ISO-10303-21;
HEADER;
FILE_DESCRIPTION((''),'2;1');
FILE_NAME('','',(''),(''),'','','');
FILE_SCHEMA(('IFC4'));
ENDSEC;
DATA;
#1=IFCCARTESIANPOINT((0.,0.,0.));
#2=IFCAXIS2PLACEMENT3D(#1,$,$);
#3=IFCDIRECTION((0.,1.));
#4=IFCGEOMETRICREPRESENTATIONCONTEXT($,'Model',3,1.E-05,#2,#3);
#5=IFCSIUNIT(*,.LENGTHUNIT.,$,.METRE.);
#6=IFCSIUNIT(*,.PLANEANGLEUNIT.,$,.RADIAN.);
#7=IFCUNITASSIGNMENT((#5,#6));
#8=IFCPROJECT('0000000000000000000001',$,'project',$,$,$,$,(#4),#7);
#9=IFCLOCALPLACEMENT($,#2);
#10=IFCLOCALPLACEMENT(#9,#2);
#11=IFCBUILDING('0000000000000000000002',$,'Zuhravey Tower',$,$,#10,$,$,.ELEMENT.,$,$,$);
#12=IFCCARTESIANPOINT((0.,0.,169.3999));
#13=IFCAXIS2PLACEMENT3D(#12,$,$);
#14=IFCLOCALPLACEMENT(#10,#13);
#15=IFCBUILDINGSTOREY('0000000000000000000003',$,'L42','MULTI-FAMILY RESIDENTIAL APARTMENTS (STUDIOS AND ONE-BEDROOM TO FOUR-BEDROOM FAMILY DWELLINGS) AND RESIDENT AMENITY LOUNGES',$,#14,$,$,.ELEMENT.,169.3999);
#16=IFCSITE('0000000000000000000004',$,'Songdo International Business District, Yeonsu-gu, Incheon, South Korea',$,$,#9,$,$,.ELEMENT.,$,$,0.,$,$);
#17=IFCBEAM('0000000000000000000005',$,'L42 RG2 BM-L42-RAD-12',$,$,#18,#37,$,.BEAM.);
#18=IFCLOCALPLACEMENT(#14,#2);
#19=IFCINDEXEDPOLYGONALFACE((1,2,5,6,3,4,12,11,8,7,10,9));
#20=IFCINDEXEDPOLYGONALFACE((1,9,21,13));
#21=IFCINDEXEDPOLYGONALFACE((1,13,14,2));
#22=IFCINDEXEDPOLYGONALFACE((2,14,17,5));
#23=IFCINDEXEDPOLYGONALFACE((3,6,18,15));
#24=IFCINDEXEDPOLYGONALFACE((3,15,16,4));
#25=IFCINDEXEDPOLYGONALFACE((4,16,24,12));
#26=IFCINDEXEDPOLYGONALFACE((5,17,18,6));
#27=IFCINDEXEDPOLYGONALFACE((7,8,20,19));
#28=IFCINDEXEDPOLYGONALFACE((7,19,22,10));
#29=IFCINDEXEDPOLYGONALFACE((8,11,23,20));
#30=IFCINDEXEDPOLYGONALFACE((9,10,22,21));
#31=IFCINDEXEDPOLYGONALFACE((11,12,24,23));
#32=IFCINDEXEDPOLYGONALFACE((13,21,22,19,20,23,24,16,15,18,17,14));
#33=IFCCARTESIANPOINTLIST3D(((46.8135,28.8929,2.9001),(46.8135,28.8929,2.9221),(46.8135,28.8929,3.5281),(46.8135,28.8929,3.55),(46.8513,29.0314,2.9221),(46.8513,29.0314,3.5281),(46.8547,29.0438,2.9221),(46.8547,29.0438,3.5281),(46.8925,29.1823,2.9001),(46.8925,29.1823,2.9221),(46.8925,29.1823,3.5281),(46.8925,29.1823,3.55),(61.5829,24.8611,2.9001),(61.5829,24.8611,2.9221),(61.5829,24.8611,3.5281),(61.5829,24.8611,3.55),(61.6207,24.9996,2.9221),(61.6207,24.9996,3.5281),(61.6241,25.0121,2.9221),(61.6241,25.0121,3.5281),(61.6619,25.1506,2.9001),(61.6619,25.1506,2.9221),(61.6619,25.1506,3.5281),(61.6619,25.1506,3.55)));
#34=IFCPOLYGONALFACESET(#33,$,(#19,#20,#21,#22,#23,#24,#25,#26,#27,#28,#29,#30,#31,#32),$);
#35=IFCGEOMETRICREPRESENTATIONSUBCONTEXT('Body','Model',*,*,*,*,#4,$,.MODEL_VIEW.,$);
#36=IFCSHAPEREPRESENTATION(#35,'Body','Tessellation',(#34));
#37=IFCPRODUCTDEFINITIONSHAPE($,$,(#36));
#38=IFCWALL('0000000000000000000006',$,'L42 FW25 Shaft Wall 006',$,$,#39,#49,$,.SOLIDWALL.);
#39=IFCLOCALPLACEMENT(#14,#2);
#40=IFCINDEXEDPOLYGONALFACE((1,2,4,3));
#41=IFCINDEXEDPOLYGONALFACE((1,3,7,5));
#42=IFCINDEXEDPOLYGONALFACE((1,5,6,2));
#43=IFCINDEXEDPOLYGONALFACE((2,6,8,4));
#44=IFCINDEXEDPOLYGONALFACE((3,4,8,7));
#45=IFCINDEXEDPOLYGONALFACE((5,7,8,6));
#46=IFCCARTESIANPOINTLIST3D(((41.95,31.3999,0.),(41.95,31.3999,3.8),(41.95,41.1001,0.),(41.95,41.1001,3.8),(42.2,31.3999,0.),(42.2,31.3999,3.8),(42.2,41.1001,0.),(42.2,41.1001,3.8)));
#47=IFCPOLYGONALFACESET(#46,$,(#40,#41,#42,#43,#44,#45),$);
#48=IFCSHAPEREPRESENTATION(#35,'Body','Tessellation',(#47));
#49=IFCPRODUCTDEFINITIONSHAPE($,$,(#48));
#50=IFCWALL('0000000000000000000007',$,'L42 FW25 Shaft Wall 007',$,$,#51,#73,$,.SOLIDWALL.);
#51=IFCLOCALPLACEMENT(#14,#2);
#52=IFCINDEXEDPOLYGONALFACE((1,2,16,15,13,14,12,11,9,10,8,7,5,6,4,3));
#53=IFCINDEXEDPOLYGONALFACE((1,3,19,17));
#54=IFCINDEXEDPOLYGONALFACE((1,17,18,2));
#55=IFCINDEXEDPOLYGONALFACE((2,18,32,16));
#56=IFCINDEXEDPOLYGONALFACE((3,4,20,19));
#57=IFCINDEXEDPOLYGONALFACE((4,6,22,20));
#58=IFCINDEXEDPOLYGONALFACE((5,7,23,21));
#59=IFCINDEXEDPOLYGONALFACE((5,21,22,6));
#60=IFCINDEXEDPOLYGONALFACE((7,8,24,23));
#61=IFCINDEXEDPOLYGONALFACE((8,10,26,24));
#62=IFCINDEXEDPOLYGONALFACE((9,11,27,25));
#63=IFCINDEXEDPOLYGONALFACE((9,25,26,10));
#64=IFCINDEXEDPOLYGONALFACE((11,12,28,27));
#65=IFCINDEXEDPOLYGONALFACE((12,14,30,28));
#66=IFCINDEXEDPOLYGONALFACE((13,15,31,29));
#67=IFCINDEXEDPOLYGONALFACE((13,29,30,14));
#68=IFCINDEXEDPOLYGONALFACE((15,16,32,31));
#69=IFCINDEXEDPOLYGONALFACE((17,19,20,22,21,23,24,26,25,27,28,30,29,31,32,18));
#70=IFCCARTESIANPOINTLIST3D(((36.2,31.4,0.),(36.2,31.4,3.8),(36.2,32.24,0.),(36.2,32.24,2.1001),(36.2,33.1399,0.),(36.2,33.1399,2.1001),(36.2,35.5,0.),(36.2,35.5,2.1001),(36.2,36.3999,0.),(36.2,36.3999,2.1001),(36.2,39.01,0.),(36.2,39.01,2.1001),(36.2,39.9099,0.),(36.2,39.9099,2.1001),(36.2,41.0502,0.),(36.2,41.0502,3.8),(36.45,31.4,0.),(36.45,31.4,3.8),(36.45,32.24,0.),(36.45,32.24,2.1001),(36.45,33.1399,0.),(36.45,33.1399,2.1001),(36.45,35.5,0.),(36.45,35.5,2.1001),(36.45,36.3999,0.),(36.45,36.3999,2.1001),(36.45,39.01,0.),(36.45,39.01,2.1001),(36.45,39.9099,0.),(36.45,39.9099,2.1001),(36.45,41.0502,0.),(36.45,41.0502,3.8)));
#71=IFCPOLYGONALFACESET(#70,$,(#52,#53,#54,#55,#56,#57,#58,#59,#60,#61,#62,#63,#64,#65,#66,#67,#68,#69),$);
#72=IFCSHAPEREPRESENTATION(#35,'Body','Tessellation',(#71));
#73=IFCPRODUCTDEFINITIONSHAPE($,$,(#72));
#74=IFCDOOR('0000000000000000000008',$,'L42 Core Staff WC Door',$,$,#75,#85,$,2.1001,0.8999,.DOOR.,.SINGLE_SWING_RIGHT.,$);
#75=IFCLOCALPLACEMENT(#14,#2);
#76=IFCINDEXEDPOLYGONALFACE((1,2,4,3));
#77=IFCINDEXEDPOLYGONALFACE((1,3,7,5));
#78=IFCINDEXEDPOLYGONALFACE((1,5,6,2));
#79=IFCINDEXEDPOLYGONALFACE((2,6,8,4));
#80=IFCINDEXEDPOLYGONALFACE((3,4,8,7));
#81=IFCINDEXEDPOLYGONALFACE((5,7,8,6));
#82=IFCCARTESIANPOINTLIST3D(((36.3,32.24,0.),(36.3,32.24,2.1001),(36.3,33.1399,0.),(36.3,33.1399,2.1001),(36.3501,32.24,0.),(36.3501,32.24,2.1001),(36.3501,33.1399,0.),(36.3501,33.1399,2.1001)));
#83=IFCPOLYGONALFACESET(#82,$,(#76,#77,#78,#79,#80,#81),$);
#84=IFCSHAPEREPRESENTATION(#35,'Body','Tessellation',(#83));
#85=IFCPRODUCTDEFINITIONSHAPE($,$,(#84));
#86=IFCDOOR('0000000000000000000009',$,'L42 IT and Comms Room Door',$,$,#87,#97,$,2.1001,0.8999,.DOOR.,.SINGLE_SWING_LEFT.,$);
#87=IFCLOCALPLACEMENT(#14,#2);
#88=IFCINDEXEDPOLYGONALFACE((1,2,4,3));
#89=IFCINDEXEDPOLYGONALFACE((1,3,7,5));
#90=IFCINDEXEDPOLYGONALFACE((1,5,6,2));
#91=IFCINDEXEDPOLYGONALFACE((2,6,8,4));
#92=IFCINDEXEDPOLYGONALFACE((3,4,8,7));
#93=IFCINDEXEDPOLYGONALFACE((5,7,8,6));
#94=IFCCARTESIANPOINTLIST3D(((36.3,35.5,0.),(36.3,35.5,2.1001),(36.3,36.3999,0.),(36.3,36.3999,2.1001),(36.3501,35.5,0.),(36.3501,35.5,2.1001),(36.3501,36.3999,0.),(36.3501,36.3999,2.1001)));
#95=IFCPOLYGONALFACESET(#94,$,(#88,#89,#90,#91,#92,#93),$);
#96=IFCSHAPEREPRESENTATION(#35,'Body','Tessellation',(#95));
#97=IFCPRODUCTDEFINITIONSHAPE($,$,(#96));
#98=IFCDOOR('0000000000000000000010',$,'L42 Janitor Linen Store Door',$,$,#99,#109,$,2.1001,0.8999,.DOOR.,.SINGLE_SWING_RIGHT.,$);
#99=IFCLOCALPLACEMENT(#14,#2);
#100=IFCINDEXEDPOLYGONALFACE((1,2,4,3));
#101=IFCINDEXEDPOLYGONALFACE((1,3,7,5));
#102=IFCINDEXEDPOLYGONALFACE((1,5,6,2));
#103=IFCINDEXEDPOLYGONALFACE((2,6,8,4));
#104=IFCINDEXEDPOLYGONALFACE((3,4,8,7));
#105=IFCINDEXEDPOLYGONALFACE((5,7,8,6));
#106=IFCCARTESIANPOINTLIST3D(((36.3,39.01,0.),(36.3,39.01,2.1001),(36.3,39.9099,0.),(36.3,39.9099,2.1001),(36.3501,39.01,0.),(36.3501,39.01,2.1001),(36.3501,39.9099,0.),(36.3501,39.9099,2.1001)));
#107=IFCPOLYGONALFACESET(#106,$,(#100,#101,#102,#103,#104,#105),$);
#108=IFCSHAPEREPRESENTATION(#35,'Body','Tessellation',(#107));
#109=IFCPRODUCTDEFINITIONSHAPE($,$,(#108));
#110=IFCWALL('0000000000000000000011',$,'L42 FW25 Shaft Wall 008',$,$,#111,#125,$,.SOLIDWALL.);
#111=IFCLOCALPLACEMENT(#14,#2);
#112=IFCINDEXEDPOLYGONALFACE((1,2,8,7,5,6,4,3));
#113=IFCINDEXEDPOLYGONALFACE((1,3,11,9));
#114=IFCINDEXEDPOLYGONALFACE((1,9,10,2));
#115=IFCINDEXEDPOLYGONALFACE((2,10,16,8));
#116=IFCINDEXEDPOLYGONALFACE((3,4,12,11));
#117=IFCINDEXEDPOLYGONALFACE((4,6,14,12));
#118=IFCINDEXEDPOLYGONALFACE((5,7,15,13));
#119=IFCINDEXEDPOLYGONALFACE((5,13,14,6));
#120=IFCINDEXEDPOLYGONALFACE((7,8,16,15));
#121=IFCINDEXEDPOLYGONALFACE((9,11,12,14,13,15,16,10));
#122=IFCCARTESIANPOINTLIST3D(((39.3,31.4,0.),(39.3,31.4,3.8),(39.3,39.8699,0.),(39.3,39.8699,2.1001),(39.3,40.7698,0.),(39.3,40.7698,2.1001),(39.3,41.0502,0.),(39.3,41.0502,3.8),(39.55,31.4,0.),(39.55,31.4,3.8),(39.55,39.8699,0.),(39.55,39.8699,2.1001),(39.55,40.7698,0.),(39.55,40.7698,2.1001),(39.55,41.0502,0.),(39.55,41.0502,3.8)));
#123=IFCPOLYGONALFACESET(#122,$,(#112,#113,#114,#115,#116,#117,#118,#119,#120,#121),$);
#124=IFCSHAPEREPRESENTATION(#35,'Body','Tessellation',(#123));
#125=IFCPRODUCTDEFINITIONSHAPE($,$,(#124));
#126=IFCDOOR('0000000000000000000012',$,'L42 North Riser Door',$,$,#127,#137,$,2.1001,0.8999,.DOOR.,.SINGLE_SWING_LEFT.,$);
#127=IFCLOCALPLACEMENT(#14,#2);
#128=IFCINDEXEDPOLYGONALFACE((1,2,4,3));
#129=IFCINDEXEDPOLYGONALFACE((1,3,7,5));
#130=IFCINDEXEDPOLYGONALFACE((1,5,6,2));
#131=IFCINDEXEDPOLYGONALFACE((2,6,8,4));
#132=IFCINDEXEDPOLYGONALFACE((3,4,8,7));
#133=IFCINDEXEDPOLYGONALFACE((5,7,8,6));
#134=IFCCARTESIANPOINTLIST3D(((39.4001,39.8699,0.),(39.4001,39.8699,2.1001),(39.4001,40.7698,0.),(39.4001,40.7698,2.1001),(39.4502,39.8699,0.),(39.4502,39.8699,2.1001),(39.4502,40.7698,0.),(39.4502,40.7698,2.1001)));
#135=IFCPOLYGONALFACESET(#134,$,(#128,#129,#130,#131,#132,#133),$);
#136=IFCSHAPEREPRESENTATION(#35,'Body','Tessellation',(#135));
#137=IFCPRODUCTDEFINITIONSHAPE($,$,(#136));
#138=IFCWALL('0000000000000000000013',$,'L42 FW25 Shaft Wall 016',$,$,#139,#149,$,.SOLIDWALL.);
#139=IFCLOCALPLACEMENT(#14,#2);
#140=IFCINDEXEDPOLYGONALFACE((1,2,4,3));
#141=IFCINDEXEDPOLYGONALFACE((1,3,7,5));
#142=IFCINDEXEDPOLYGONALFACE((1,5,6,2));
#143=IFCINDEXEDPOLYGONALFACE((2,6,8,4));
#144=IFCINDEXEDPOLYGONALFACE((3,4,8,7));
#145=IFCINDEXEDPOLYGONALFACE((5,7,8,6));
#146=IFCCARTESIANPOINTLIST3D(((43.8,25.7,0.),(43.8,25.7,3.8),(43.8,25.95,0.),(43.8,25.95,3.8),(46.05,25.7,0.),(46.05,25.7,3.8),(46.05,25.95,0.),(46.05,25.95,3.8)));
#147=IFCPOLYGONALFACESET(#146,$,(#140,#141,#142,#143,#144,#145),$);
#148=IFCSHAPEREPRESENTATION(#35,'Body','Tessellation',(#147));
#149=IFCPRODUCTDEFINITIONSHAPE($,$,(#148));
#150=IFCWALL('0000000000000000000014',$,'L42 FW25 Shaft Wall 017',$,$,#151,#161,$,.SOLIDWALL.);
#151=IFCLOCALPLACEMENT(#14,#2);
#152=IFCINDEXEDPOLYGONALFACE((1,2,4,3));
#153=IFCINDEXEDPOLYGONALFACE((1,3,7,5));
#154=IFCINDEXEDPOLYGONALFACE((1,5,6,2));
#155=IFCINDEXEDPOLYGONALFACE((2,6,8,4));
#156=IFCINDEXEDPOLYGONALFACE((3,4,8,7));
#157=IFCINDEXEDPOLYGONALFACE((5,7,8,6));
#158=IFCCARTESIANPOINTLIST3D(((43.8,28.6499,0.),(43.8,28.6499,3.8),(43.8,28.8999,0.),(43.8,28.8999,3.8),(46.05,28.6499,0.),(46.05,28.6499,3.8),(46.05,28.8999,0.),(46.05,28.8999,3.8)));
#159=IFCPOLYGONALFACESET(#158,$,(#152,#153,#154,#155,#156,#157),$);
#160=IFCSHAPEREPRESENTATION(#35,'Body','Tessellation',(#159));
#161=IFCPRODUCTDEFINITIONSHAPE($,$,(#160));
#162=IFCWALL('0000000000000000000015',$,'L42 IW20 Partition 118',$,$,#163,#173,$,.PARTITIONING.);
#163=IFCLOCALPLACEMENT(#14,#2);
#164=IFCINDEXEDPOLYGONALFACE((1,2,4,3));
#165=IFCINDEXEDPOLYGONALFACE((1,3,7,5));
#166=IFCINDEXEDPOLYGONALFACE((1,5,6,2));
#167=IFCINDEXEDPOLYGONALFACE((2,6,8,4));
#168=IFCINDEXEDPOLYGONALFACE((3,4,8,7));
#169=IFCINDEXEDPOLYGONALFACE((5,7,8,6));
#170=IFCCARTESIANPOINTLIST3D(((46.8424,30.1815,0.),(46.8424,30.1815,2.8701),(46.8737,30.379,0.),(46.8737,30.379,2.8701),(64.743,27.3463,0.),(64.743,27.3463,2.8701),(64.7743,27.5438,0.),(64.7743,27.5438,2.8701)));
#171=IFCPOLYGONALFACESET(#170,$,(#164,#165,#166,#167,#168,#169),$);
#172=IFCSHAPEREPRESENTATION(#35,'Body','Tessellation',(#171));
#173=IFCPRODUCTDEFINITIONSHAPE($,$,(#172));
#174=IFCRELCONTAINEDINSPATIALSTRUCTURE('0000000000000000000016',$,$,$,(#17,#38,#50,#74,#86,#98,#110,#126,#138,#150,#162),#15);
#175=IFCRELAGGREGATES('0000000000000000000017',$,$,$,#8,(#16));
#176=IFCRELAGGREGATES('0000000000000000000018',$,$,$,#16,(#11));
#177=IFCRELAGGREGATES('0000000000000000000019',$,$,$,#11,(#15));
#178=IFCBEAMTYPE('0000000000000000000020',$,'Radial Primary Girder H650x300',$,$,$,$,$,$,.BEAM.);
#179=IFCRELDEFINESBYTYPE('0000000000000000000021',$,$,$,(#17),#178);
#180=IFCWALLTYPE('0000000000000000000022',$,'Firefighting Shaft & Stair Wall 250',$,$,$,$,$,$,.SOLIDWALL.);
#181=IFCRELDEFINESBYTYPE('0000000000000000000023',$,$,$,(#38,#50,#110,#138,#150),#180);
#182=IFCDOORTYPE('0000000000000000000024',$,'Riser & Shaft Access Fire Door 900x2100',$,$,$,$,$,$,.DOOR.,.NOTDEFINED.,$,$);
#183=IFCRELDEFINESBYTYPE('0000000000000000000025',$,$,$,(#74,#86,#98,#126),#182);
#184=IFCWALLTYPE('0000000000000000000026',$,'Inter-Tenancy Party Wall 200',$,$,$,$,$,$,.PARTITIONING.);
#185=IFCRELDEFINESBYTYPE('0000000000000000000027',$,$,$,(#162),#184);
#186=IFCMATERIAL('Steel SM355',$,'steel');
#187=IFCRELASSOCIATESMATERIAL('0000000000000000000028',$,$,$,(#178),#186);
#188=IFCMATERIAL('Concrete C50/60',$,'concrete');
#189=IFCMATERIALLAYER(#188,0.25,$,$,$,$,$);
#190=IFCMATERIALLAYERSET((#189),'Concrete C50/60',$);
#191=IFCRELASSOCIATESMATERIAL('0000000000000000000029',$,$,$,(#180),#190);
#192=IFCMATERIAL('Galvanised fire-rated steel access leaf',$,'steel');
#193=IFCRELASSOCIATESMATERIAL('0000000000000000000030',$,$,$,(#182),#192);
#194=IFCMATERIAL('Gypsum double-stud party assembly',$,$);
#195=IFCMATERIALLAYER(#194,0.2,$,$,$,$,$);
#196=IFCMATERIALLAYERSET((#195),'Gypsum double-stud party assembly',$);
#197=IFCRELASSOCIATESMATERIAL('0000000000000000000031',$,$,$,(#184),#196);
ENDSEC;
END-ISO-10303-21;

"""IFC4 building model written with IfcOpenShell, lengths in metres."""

from ifc_helpers import new_model, si_unit, direction, frame, frame_2d, origin, origin_2d, place, context, subcontext, project, spatial, rectangle, i_section, extrude, material, layer, layer_set, material_profile, profile_set, type_object, element, fill, save


model = new_model("IFC4")

# Units and contexts
model_context = context("Model", 3, precision=1e-05, world=origin(), true_north=direction((0.0, 1.0)))
body_context = subcontext(model_context, "Body", "Model", "MODEL_VIEW")
ifc_project = project(units=[si_unit("LENGTHUNIT", "METRE"), si_unit("PLANEANGLEUNIT", "RADIAN")], contexts=[model_context])

# Site, building, storey
site_placement = place(None, origin())
site = spatial("IfcSite", under=ifc_project, at=site_placement, Name="Songdo International Business District, Yeonsu-gu, Incheon, South Korea", CompositionType="ELEMENT", RefElevation=0.0)
building_placement = place(site_placement, origin())
building = spatial("IfcBuilding", under=site, at=building_placement, Name="Zuhravey Tower", CompositionType="ELEMENT")
storey_placement = place(building_placement, frame((0.0, 0.0, 169.3999)))
storey = spatial("IfcBuildingStorey", under=building, at=storey_placement, Name="L42", Description="MULTI-FAMILY RESIDENTIAL APARTMENTS (STUDIOS AND ONE-BEDROOM TO FOUR-BEDROOM FAMILY DWELLINGS) AND RESIDENT AMENITY LOUNGES", CompositionType="ELEMENT", Elevation=169.3999)

# Beam
ifc_material_1 = material(Name="Steel SM355", Category="steel")
ifc_material_profile = material_profile(ifc_material_1, i_section(OverallWidth=0.3, OverallDepth=0.6499, WebThickness=0.0129, FlangeThickness=0.022, at=origin_2d()), Name="H-650x300x13x22")
ifc_profile_set = profile_set([ifc_material_profile], Name="Steel SM355")
beam_type = type_object("IfcBeamType", Name="Radial Primary Girder H650x300", PredefinedType="BEAM", material=ifc_profile_set)
beam_placement = place(storey_placement, frame((46.853, 29.0376, 3.2251), z_axis=(0.964702, -0.263345, 0.0), x_axis=(0.263345, 0.964702, 0.0)))
element("IfcBeam", 1, at=beam_placement, inside=storey, type_object=beam_type, Name="L42 RG2 BM-L42-RAD-12", PredefinedType="BEAM", context=body_context, shape_type="SweptSolid", body=[
    extrude(i_section(OverallWidth=0.3, OverallDepth=0.6499, WebThickness=0.0129, FlangeThickness=0.022, at=origin_2d()), origin(), (0.0, 0.0, 1.0), 15.3098),
])

# Wall
ifc_material_2 = material(Name="Concrete C50/60", Category="concrete")
ifc_layer_1 = layer(ifc_material_2, 0.25)
ifc_layer_set_1 = layer_set([ifc_layer_1], Name="Concrete C50/60")
wall_type_1 = type_object("IfcWallType", Name="Firefighting Shaft & Stair Wall 250", PredefinedType="SOLIDWALL", material=ifc_layer_set_1)
wall_1_placement = place(storey_placement, frame((42.075, 31.3999, 0.0), z_axis=(0.0, 0.0, 1.0), x_axis=(0.0, 1.0, 0.0)))
element("IfcWall", 2, at=wall_1_placement, inside=storey, type_object=wall_type_1, Name="L42 FW25 Shaft Wall 006", PredefinedType="SOLIDWALL", context=body_context, shape_type="SweptSolid", body=[
    extrude(rectangle(XDim=9.7002, YDim=0.25, at=frame_2d((4.8501, 0.0))), origin(), (0.0, 0.0, 1.0), 3.8),
])

# Wall, openings, doors
wall_2_placement = place(storey_placement, frame((36.325, 31.3999, 0.0), z_axis=(0.0, 0.0, 1.0), x_axis=(0.0, 1.0, 0.0)))
wall_2 = element("IfcWall", 3, at=wall_2_placement, inside=storey, type_object=wall_type_1, Name="L42 FW25 Shaft Wall 007", PredefinedType="SOLIDWALL", context=body_context, shape_type="SweptSolid", body=[
    extrude(rectangle(XDim=9.6501, YDim=0.25, at=frame_2d((4.8252, 0.0))), origin(), (0.0, 0.0, 1.0), 3.8),
])
opening_1_placement = place(wall_2_placement, frame((0.8401, 0.0, 0.0)))
opening_1 = element("IfcOpeningElement", 4, at=opening_1_placement, cuts=wall_2, PredefinedType="OPENING", context=body_context, shape_type="SweptSolid", body=[
    extrude(rectangle(XDim=0.8999, YDim=2.1001, at=frame_2d((0.45, 1.05))), frame((0.0, 0.137, 0.0), z_axis=(0.0, -1.0, 0.0), x_axis=(1.0, 0.0, 0.0)), (0.0, 0.0, 1.0), 0.2739),
])
opening_2_placement = place(wall_2_placement, frame((4.1001, 0.0, 0.0)))
opening_2 = element("IfcOpeningElement", 5, at=opening_2_placement, cuts=wall_2, PredefinedType="OPENING", context=body_context, shape_type="SweptSolid", body=[
    extrude(rectangle(XDim=0.8999, YDim=2.1001, at=frame_2d((0.45, 1.05))), frame((0.0, 0.137, 0.0), z_axis=(0.0, -1.0, 0.0), x_axis=(1.0, 0.0, 0.0)), (0.0, 0.0, 1.0), 0.2739),
])
opening_3_placement = place(wall_2_placement, frame((7.6101, 0.0, 0.0)))
opening_3 = element("IfcOpeningElement", 6, at=opening_3_placement, cuts=wall_2, PredefinedType="OPENING", context=body_context, shape_type="SweptSolid", body=[
    extrude(rectangle(XDim=0.8999, YDim=2.1001, at=frame_2d((0.45, 1.05))), frame((0.0, 0.137, 0.0), z_axis=(0.0, -1.0, 0.0), x_axis=(1.0, 0.0, 0.0)), (0.0, 0.0, 1.0), 0.2739),
])
ifc_material_3 = material(Name="Galvanised fire-rated steel access leaf", Category="steel")
door_type_1 = type_object("IfcDoorType", Name="Riser & Shaft Access Fire Door 900x2100", OperationType="NOTDEFINED", PredefinedType="DOOR", material=ifc_material_3)
door_1_placement = place(opening_1_placement, origin())
door_1 = element("IfcDoor", 7, at=door_1_placement, inside=storey, type_object=door_type_1, Name="L42 Core Staff WC Door", OperationType="SINGLE_SWING_RIGHT", OverallHeight=2.1001, OverallWidth=0.8999, PredefinedType="DOOR", context=body_context, shape_type="SweptSolid", body=[
    extrude(rectangle(XDim=0.8999, YDim=2.1001, at=frame_2d((0.45, 1.05))), frame((0.0, 0.0249, 0.0), z_axis=(0.0, -1.0, 0.0), x_axis=(1.0, 0.0, 0.0)), (0.0, 0.0, 1.0), 0.05),
])
fill(opening_1, door_1)
door_2_placement = place(opening_2_placement, origin())
door_2 = element("IfcDoor", 8, at=door_2_placement, inside=storey, type_object=door_type_1, Name="L42 IT and Comms Room Door", OperationType="SINGLE_SWING_LEFT", OverallHeight=2.1001, OverallWidth=0.8999, PredefinedType="DOOR", context=body_context, shape_type="SweptSolid", body=[
    extrude(rectangle(XDim=0.8999, YDim=2.1001, at=frame_2d((0.45, 1.05))), frame((0.0, 0.0249, 0.0), z_axis=(0.0, -1.0, 0.0), x_axis=(1.0, 0.0, 0.0)), (0.0, 0.0, 1.0), 0.05),
])
fill(opening_2, door_2)
door_3_placement = place(opening_3_placement, origin())
door_3 = element("IfcDoor", 9, at=door_3_placement, inside=storey, type_object=door_type_1, Name="L42 Janitor Linen Store Door", OperationType="SINGLE_SWING_RIGHT", OverallHeight=2.1001, OverallWidth=0.8999, PredefinedType="DOOR", context=body_context, shape_type="SweptSolid", body=[
    extrude(rectangle(XDim=0.8999, YDim=2.1001, at=frame_2d((0.45, 1.05))), frame((0.0, 0.0249, 0.0), z_axis=(0.0, -1.0, 0.0), x_axis=(1.0, 0.0, 0.0)), (0.0, 0.0, 1.0), 0.05),
])
fill(opening_3, door_3)

# Wall, opening, door
wall_3_placement = place(storey_placement, frame((39.425, 31.3999, 0.0), z_axis=(0.0, 0.0, 1.0), x_axis=(0.0, 1.0, 0.0)))
wall_3 = element("IfcWall", 10, at=wall_3_placement, inside=storey, type_object=wall_type_1, Name="L42 FW25 Shaft Wall 008", PredefinedType="SOLIDWALL", context=body_context, shape_type="SweptSolid", body=[
    extrude(rectangle(XDim=9.6501, YDim=0.25, at=frame_2d((4.8252, 0.0))), origin(), (0.0, 0.0, 1.0), 3.8),
])
opening_4_placement = place(wall_3_placement, frame((8.47, 0.0, 0.0)))
opening_4 = element("IfcOpeningElement", 11, at=opening_4_placement, cuts=wall_3, PredefinedType="OPENING", context=body_context, shape_type="SweptSolid", body=[
    extrude(rectangle(XDim=0.8999, YDim=2.1001, at=frame_2d((0.45, 1.05))), frame((0.0, 0.137, 0.0), z_axis=(0.0, -1.0, 0.0), x_axis=(1.0, 0.0, 0.0)), (0.0, 0.0, 1.0), 0.2739),
])
door_4_placement = place(opening_4_placement, origin())
door_4 = element("IfcDoor", 12, at=door_4_placement, inside=storey, type_object=door_type_1, Name="L42 North Riser Door", OperationType="SINGLE_SWING_LEFT", OverallHeight=2.1001, OverallWidth=0.8999, PredefinedType="DOOR", context=body_context, shape_type="SweptSolid", body=[
    extrude(rectangle(XDim=0.8999, YDim=2.1001, at=frame_2d((0.45, 1.05))), frame((0.0, 0.0249, 0.0), z_axis=(0.0, -1.0, 0.0), x_axis=(1.0, 0.0, 0.0)), (0.0, 0.0, 1.0), 0.05),
])
fill(opening_4, door_4)

# Walls
for number, where, z_axis, x_axis, name in (
    (13, (43.8, 25.825, 0.0), (0.0, 0.0, 1.0), (1.0, 0.0, 0.0), "L42 FW25 Shaft Wall 016"),
    (14, (43.8, 28.7749, 0.0), (0.0, 0.0, 1.0), (1.0, 0.0, 0.0), "L42 FW25 Shaft Wall 017"),
):
    element("IfcWall", number, at=place(storey_placement, frame(where, z_axis=z_axis, x_axis=x_axis)), inside=storey, type_object=wall_type_1, Name=name, PredefinedType="SOLIDWALL", context=body_context, shape_type="SweptSolid", body=[
        extrude(rectangle(XDim=2.25, YDim=0.25, at=frame_2d((1.125, 0.0))), origin(), (0.0, 0.0, 1.0), 3.8),
    ])
ifc_material_4 = material(Name="Gypsum double-stud party assembly")
ifc_layer_2 = layer(ifc_material_4, 0.2)
ifc_layer_set_2 = layer_set([ifc_layer_2], Name="Gypsum double-stud party assembly")
wall_type_2 = type_object("IfcWallType", Name="Inter-Tenancy Party Wall 200", PredefinedType="PARTITIONING", material=ifc_layer_set_2)
wall_4_placement = place(storey_placement, frame((46.8579, 30.2803, 0.0), z_axis=(0.0, 0.0, 1.0), x_axis=(0.987688, -0.156436, 0.0)))
element("IfcWall", 15, at=wall_4_placement, inside=storey, type_object=wall_type_2, Name="L42 IW20 Partition 118", PredefinedType="PARTITIONING", context=body_context, shape_type="SweptSolid", body=[
    extrude(rectangle(XDim=18.1238, YDim=0.2, at=frame_2d((9.062, 0.0))), origin(), (0.0, 0.0, 1.0), 2.8701),
])

save(model, "model.ifc")
